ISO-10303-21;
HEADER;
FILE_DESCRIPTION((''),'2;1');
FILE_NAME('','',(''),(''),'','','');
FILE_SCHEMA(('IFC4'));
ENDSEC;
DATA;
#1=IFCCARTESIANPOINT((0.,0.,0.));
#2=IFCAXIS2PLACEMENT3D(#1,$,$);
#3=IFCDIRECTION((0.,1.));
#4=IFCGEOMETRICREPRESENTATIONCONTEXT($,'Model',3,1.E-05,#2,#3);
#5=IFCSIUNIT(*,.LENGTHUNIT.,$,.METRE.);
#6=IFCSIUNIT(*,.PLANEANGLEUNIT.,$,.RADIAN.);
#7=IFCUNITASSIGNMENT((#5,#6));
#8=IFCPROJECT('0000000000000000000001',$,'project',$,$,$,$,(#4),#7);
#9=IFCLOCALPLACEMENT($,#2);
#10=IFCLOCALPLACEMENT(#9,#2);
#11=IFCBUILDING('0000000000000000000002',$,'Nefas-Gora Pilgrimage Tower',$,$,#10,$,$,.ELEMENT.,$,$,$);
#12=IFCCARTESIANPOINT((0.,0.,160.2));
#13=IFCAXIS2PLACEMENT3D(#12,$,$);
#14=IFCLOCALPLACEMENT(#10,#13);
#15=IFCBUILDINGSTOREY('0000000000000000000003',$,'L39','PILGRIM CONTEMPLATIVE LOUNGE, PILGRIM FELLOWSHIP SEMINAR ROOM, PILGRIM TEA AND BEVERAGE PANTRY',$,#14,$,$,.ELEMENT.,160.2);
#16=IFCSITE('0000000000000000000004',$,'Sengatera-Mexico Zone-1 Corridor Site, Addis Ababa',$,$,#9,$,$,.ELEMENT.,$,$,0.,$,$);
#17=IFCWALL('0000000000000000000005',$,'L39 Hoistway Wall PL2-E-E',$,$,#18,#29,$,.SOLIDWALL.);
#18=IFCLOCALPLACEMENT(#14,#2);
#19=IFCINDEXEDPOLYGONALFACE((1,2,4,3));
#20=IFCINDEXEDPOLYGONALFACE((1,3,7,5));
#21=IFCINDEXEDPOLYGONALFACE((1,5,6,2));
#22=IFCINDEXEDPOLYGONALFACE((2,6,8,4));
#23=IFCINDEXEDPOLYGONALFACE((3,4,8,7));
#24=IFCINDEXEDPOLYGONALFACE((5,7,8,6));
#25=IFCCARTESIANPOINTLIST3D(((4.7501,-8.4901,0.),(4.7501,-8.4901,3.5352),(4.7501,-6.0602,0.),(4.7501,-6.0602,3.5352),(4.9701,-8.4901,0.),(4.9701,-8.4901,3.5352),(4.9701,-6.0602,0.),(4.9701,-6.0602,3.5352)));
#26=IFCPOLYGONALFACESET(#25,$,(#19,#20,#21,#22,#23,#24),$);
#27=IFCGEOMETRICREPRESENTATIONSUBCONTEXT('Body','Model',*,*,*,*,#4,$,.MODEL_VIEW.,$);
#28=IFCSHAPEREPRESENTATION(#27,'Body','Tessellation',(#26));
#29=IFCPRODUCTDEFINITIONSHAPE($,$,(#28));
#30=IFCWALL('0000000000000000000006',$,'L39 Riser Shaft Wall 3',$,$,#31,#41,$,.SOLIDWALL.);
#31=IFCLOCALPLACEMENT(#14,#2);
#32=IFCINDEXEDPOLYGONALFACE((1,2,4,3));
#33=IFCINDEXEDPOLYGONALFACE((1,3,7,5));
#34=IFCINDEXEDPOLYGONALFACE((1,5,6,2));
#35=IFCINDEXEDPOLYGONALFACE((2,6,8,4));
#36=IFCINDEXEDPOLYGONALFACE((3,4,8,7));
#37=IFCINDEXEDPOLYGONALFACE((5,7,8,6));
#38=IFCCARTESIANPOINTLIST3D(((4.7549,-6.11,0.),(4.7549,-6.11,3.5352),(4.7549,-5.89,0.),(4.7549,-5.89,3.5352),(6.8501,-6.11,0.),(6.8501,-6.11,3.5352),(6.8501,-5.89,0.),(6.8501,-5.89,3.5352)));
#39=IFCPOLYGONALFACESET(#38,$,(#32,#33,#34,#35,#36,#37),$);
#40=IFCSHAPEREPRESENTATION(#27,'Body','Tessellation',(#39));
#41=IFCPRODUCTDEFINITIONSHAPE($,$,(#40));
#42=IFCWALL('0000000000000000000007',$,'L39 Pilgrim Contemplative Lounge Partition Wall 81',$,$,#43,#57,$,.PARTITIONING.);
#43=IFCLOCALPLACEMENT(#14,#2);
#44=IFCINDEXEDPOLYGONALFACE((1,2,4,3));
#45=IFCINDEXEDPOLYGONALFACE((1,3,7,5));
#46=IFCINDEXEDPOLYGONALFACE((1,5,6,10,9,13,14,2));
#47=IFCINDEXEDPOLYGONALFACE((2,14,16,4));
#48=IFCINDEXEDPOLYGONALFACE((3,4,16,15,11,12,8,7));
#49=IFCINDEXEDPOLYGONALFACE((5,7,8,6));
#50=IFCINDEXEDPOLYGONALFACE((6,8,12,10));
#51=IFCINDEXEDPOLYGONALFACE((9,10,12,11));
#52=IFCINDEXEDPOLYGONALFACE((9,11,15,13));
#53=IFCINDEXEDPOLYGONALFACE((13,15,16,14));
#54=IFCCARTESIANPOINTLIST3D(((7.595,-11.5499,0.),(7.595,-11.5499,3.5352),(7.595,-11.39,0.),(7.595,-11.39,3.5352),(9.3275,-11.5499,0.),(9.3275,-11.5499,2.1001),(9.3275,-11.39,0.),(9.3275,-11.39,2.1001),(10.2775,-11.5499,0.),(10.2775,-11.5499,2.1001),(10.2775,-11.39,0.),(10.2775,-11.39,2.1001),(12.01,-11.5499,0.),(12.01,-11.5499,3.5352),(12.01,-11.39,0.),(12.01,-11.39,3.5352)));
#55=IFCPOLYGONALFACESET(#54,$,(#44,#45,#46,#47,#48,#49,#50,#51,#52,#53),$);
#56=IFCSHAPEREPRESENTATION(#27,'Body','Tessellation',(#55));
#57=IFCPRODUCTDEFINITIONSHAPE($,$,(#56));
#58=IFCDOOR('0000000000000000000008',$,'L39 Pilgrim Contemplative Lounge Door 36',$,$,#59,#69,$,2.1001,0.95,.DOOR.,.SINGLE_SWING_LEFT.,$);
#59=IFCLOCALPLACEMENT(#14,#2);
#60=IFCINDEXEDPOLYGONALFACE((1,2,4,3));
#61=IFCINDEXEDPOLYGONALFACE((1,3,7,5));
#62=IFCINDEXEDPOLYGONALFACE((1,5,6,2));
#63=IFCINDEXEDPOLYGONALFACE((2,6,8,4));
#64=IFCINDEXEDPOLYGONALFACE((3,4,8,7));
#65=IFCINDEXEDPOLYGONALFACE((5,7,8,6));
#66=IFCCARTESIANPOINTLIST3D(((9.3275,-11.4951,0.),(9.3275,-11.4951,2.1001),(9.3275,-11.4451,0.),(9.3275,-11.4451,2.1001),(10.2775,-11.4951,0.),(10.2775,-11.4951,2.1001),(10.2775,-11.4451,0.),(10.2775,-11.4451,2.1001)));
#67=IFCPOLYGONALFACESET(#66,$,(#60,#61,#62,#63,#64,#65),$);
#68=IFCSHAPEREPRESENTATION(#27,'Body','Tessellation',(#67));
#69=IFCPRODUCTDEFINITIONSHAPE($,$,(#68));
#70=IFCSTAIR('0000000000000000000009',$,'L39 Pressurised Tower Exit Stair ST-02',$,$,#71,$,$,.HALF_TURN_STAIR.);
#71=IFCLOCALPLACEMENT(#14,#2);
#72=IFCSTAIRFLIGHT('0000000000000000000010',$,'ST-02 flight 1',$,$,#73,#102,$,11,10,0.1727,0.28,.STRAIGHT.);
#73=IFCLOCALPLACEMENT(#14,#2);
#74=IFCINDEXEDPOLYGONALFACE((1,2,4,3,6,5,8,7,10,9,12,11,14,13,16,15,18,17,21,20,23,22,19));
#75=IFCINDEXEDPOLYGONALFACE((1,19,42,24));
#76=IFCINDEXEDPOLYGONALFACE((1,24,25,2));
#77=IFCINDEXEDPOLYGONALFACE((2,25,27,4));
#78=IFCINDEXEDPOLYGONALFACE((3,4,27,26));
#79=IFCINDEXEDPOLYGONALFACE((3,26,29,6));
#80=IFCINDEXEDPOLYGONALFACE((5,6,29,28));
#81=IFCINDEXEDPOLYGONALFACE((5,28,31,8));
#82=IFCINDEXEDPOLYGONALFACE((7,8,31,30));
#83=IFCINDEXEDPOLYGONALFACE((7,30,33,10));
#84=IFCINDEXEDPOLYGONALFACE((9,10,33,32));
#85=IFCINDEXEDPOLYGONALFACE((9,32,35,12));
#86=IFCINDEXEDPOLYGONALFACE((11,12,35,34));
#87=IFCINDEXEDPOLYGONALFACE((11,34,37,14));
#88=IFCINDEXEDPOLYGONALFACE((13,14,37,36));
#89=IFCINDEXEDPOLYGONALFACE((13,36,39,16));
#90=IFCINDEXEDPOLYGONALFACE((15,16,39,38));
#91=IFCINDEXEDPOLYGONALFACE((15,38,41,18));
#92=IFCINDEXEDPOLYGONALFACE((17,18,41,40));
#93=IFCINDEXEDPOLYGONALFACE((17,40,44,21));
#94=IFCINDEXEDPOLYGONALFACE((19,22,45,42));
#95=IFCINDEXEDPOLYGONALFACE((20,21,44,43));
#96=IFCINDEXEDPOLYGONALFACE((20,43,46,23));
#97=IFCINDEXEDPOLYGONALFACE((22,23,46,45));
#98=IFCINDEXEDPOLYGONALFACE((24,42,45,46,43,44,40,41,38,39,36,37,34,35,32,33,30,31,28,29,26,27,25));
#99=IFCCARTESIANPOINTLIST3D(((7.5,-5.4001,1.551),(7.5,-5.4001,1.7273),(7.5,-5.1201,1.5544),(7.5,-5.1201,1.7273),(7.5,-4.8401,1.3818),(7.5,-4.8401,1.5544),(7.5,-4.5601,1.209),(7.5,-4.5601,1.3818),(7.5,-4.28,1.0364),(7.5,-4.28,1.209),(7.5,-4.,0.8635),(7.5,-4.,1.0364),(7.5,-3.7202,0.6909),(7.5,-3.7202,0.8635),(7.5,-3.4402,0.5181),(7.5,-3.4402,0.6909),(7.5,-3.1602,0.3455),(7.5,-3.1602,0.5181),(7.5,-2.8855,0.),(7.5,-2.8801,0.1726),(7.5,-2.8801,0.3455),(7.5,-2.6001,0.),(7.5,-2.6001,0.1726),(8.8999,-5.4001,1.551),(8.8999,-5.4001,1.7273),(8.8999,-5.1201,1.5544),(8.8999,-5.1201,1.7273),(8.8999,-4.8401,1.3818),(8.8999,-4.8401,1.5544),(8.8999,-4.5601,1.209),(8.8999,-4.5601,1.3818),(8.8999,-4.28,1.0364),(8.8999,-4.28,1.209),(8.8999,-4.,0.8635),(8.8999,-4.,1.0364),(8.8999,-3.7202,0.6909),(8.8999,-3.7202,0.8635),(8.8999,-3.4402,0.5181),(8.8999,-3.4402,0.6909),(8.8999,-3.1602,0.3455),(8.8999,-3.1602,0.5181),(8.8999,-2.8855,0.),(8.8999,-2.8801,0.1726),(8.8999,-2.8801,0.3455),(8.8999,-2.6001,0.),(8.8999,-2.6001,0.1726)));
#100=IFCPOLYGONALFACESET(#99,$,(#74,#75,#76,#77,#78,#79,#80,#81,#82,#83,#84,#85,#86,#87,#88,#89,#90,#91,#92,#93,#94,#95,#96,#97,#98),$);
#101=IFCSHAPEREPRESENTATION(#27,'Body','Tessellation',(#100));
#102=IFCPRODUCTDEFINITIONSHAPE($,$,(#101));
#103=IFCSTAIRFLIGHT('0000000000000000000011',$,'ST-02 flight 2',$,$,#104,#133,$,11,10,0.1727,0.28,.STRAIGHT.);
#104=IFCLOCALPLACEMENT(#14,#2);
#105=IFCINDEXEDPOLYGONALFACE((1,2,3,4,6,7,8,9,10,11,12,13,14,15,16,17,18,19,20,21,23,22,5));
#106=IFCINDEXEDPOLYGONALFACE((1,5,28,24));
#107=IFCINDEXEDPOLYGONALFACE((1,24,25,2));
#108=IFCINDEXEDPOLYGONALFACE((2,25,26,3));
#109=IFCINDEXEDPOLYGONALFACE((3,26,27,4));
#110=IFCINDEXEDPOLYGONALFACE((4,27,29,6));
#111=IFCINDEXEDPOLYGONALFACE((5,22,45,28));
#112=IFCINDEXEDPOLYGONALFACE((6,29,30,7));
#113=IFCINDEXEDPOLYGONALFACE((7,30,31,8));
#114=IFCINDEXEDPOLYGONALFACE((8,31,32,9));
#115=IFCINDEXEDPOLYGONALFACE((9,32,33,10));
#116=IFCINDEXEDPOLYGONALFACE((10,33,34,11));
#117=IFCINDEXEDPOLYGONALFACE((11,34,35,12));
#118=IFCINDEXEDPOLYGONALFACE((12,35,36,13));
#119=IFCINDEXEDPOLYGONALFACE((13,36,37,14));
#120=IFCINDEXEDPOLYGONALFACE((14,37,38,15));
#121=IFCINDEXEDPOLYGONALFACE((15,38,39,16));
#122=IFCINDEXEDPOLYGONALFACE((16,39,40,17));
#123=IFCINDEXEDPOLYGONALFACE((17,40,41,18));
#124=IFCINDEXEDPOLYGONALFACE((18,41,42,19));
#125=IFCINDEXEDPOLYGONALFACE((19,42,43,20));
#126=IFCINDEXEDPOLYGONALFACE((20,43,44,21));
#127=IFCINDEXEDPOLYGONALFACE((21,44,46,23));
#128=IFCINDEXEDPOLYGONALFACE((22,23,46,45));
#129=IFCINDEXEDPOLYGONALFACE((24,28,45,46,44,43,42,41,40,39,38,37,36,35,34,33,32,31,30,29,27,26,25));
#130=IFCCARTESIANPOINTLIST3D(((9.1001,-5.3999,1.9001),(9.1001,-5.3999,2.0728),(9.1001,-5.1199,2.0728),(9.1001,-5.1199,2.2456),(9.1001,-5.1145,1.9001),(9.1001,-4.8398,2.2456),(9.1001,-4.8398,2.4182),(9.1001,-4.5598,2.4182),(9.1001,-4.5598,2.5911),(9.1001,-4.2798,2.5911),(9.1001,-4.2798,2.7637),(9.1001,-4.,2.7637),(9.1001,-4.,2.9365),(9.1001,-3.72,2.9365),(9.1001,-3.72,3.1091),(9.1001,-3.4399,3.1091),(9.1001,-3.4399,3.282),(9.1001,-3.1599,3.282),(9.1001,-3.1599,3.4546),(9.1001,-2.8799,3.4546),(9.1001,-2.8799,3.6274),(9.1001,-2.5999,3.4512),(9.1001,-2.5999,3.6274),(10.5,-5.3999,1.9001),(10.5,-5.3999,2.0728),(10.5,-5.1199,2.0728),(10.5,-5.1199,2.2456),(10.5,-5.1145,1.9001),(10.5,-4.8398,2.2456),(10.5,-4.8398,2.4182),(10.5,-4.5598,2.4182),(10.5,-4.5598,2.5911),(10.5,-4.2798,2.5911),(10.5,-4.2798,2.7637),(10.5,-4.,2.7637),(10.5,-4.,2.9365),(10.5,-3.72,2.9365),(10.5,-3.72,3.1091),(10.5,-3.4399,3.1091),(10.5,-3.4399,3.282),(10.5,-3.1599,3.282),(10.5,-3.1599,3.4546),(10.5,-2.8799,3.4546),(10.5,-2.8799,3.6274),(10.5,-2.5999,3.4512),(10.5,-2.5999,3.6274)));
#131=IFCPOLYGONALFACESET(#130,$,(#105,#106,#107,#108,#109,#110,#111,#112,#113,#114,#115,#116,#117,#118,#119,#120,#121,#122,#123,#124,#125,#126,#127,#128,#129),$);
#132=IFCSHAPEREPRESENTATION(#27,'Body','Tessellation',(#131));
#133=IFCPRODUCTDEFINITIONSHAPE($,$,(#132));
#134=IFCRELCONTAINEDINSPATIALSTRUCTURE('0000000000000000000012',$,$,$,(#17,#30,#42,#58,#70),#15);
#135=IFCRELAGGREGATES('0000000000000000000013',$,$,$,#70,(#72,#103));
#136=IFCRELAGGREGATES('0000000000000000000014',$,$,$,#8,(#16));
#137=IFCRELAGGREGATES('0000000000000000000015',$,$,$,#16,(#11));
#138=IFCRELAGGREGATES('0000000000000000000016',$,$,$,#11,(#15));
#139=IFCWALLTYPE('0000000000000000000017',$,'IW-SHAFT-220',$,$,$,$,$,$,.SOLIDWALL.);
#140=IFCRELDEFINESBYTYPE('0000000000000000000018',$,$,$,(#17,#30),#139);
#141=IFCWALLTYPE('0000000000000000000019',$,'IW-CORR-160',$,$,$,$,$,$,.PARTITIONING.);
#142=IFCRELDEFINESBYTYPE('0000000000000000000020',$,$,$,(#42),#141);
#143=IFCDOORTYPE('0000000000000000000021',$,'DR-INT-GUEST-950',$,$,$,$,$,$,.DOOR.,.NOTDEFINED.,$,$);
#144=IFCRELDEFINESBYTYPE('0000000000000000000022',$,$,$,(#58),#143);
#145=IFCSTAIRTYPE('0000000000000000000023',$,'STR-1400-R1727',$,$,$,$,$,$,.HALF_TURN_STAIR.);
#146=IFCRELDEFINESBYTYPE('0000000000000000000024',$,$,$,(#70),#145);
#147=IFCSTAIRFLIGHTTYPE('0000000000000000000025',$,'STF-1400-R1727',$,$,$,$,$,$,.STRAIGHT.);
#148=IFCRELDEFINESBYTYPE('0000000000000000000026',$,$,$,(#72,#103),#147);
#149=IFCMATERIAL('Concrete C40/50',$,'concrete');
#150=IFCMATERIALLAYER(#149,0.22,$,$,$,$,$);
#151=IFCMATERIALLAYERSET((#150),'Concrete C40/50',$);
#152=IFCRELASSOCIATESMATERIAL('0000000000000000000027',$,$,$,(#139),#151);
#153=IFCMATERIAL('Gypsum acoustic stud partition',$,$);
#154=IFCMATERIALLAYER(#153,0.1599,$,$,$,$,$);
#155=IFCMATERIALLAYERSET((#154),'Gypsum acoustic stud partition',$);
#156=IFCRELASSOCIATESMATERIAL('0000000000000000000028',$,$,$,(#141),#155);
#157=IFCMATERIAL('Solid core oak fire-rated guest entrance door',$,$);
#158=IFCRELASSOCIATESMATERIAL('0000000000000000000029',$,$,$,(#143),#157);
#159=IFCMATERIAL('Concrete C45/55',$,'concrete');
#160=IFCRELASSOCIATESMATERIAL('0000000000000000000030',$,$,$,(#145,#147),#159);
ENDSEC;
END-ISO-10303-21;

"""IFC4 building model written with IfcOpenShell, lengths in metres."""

from ifc_helpers import new_model, si_unit, direction, frame, frame_2d, origin, place, context, subcontext, project, spatial, polyline, rectangle, outline, extrude, source, transform, mapped, material, layer, layer_set, type_object, element, fill, aggregate, save


model = new_model("IFC4")

# Units and contexts
model_context = context("Model", 3, precision=1e-05, world=origin(), true_north=direction((0.0, 1.0)))
body_context = subcontext(model_context, "Body", "Model", "MODEL_VIEW")
ifc_project = project(units=[si_unit("LENGTHUNIT", "METRE"), si_unit("PLANEANGLEUNIT", "RADIAN")], contexts=[model_context])

# Site, building, storey
site_placement = place(None, origin())
site = spatial("IfcSite", under=ifc_project, at=site_placement, Name="Sengatera-Mexico Zone-1 Corridor Site, Addis Ababa", CompositionType="ELEMENT", RefElevation=0.0)
building_placement = place(site_placement, origin())
building = spatial("IfcBuilding", under=site, at=building_placement, Name="Nefas-Gora Pilgrimage Tower", CompositionType="ELEMENT")
storey_placement = place(building_placement, frame((0.0, 0.0, 160.2)))
storey = spatial("IfcBuildingStorey", under=building, at=storey_placement, Name="L39", Description="PILGRIM CONTEMPLATIVE LOUNGE, PILGRIM FELLOWSHIP SEMINAR ROOM, PILGRIM TEA AND BEVERAGE PANTRY", CompositionType="ELEMENT", Elevation=160.2)

# Shared definitions
ifc_material_1 = material(Name="Concrete C45/55", Category="concrete")

# Shared definitions
ifc_material_2 = material(Name="Concrete C40/50", Category="concrete")
ifc_layer_1 = layer(ifc_material_2, 0.22)
ifc_layer_set_1 = layer_set([ifc_layer_1], Name="Concrete C40/50")
wall_type_1 = type_object("IfcWallType", Name="IW-SHAFT-220", PredefinedType="SOLIDWALL", material=ifc_layer_set_1)

# Walls
shared_shape_1 = source(origin(), body_context, "Body", "SweptSolid", [
    extrude(rectangle(XDim=2.4299, YDim=0.22, at=frame_2d((1.2148, 0.0))), origin(), (0.0, 0.0, 1.0), 3.5352),
])
wall_1_placement = place(storey_placement, frame((4.8601, -8.49, 0.0), z_axis=(0.0, 0.0, 1.0), x_axis=(0.0, 1.0, 0.0)))
element("IfcWall", 1, at=wall_1_placement, inside=storey, type_object=wall_type_1, Name="L39 Hoistway Wall PL2-E-E", PredefinedType="SOLIDWALL", context=body_context, shape_type="MappedRepresentation", body=[
    mapped(shared_shape_1, transform((0.0, 0.0, 0.0), x_axis=(1.0, 0.0, 0.0), y_axis=(0.0, 1.0, 0.0), z_axis=(0.0, 0.0, 1.0), scale=1.0)),
])
shared_shape_2 = source(origin(), body_context, "Body", "SweptSolid", [
    extrude(rectangle(XDim=2.0952, YDim=0.22, at=frame_2d((1.0476, 0.0))), origin(), (0.0, 0.0, 1.0), 3.5352),
])
wall_2_placement = place(storey_placement, frame((4.7549, -6.0, 0.0), z_axis=(0.0, 0.0, 1.0), x_axis=(1.0, 0.0, 0.0)))
element("IfcWall", 2, at=wall_2_placement, inside=storey, type_object=wall_type_1, Name="L39 Riser Shaft Wall 3", PredefinedType="SOLIDWALL", context=body_context, shape_type="MappedRepresentation", body=[
    mapped(shared_shape_2, transform((0.0, 0.0, 0.0), x_axis=(1.0, 0.0, 0.0), y_axis=(0.0, 1.0, 0.0), z_axis=(0.0, 0.0, 1.0), scale=1.0)),
])

# Wall, opening, door
ifc_material_3 = material(Name="Gypsum acoustic stud partition")
ifc_layer_2 = layer(ifc_material_3, 0.1599)
ifc_layer_set_2 = layer_set([ifc_layer_2], Name="Gypsum acoustic stud partition")
wall_type_2 = type_object("IfcWallType", Name="IW-CORR-160", PredefinedType="PARTITIONING", material=ifc_layer_set_2)
shared_shape_3 = source(origin(), body_context, "Body", "SweptSolid", [
    extrude(rectangle(XDim=4.415, YDim=0.1599, at=frame_2d((2.2075, 0.0))), origin(), (0.0, 0.0, 1.0), 3.5352),
])
wall_3_placement = place(storey_placement, frame((7.595, -11.47, 0.0), z_axis=(0.0, 0.0, 1.0), x_axis=(1.0, 0.0, 0.0)))
wall_3 = element("IfcWall", 3, at=wall_3_placement, inside=storey, type_object=wall_type_2, Name="L39 Pilgrim Contemplative Lounge Partition Wall 81", PredefinedType="PARTITIONING", context=body_context, shape_type="MappedRepresentation", body=[
    mapped(shared_shape_3, transform((0.0, 0.0, 0.0), x_axis=(1.0, 0.0, 0.0), y_axis=(0.0, 1.0, 0.0), z_axis=(0.0, 0.0, 1.0), scale=1.0)),
])
opening_1_placement = place(wall_3_placement, frame((1.7324, 0.0, 0.0)))
opening_1 = element("IfcOpeningElement", 4, at=opening_1_placement, cuts=wall_3, PredefinedType="OPENING", context=body_context, shape_type="SweptSolid", body=[
    extrude(rectangle(XDim=0.95, YDim=2.1001, at=frame_2d((0.4751, 1.05))), frame((0.0, 0.0898, 0.0), z_axis=(0.0, -1.0, 0.0), x_axis=(1.0, 0.0, 0.0)), (0.0, 0.0, 1.0), 0.1799),
])
ifc_material_4 = material(Name="Solid core oak fire-rated guest entrance door")
door_type_1 = type_object("IfcDoorType", Name="DR-INT-GUEST-950", OperationType="NOTDEFINED", PredefinedType="DOOR", material=ifc_material_4)
shared_shape_4 = source(origin(), body_context, "Body", "SweptSolid", [
    extrude(rectangle(XDim=0.95, YDim=2.1001, at=frame_2d((0.4751, 1.05))), frame((0.0, 0.0249, 0.0), z_axis=(0.0, -1.0, 0.0), x_axis=(1.0, 0.0, 0.0)), (0.0, 0.0, 1.0), 0.05),
])
door_1_placement = place(opening_1_placement, origin())
door_1 = element("IfcDoor", 5, at=door_1_placement, inside=storey, type_object=door_type_1, Name="L39 Pilgrim Contemplative Lounge Door 36", OperationType="SINGLE_SWING_LEFT", OverallHeight=2.1001, OverallWidth=0.95, PredefinedType="DOOR", context=body_context, shape_type="MappedRepresentation", body=[
    mapped(shared_shape_4, transform((0.0, 0.0, 0.0), x_axis=(1.0, 0.0, 0.0), y_axis=(0.0, 1.0, 0.0), z_axis=(0.0, 0.0, 1.0), scale=1.0)),
])
fill(opening_1, door_1)

# Stair, stair flights
stair_type = type_object("IfcStairType", Name="STR-1400-R1727", PredefinedType="HALF_TURN_STAIR", material=ifc_material_1)
stair_placement = place(storey_placement, origin())
stair = element("IfcStair", 6, at=stair_placement, inside=storey, type_object=stair_type, Name="L39 Pressurised Tower Exit Stair ST-02", PredefinedType="HALF_TURN_STAIR")
stair_flight_type = type_object("IfcStairFlightType", Name="STF-1400-R1727", PredefinedType="STRAIGHT", material=ifc_material_1)
shared_shape_5 = source(origin(), body_context, "Body", "SweptSolid", [
    extrude(outline(polyline([(0.0, 0.0), (0.0, 0.1726), (0.28, 0.1726), (0.28, 0.3455), (0.5601, 0.3455), (0.5601, 0.5181), (0.8401, 0.5181), (0.8401, 0.6909), (1.1201, 0.6909), (1.1201, 0.8635), (1.3999, 0.8635), (1.3999, 1.0364), (1.6799, 1.0364), (1.6799, 1.209), (1.96, 1.209), (1.96, 1.3818), (2.24, 1.3818), (2.24, 1.5544), (2.52, 1.5544), (2.52, 1.7273), (2.8, 1.7273), (2.8, 1.8999), (2.8, 1.551), (0.2854, 0.0), (0.0, 0.0)])), frame((0.0, 0.7, 0.0), z_axis=(0.0, -1.0, 0.0), x_axis=(1.0, 0.0, 0.0)), (0.0, 0.0, 1.0), 1.3999),
])
stair_flight_1_placement = place(storey_placement, frame((8.2, -2.6001, 0.0), z_axis=(0.0, 0.0, 1.0), x_axis=(0.0, -1.0, 0.0)))
stair_flight_1 = element("IfcStairFlight", 7, at=stair_flight_1_placement, type_object=stair_flight_type, Name="ST-02 flight 1", NumberOfRisers=11, NumberOfTreads=10, PredefinedType="STRAIGHT", RiserHeight=0.1727, TreadLength=0.28, context=body_context, shape_type="MappedRepresentation", body=[
    mapped(shared_shape_5, transform((0.0, 0.0, 0.0), x_axis=(1.0, 0.0, 0.0), y_axis=(0.0, 1.0, 0.0), z_axis=(0.0, 0.0, 1.0), scale=1.0)),
])
stair_flight_2_placement = place(storey_placement, frame((9.8, -5.3999, 1.9001), z_axis=(0.0, 0.0, 1.0), x_axis=(0.0, 1.0, 0.0)))
stair_flight_2 = element("IfcStairFlight", 8, at=stair_flight_2_placement, type_object=stair_flight_type, Name="ST-02 flight 2", NumberOfRisers=11, NumberOfTreads=10, PredefinedType="STRAIGHT", RiserHeight=0.1727, TreadLength=0.28, context=body_context, shape_type="MappedRepresentation", body=[
    mapped(shared_shape_5, transform((0.0, 0.0, 0.0), x_axis=(1.0, 0.0, 0.0), y_axis=(0.0, 1.0, 0.0), z_axis=(0.0, 0.0, 1.0), scale=1.0)),
])
aggregate(stair, [stair_flight_1, stair_flight_2])

save(model, "model.ifc")
